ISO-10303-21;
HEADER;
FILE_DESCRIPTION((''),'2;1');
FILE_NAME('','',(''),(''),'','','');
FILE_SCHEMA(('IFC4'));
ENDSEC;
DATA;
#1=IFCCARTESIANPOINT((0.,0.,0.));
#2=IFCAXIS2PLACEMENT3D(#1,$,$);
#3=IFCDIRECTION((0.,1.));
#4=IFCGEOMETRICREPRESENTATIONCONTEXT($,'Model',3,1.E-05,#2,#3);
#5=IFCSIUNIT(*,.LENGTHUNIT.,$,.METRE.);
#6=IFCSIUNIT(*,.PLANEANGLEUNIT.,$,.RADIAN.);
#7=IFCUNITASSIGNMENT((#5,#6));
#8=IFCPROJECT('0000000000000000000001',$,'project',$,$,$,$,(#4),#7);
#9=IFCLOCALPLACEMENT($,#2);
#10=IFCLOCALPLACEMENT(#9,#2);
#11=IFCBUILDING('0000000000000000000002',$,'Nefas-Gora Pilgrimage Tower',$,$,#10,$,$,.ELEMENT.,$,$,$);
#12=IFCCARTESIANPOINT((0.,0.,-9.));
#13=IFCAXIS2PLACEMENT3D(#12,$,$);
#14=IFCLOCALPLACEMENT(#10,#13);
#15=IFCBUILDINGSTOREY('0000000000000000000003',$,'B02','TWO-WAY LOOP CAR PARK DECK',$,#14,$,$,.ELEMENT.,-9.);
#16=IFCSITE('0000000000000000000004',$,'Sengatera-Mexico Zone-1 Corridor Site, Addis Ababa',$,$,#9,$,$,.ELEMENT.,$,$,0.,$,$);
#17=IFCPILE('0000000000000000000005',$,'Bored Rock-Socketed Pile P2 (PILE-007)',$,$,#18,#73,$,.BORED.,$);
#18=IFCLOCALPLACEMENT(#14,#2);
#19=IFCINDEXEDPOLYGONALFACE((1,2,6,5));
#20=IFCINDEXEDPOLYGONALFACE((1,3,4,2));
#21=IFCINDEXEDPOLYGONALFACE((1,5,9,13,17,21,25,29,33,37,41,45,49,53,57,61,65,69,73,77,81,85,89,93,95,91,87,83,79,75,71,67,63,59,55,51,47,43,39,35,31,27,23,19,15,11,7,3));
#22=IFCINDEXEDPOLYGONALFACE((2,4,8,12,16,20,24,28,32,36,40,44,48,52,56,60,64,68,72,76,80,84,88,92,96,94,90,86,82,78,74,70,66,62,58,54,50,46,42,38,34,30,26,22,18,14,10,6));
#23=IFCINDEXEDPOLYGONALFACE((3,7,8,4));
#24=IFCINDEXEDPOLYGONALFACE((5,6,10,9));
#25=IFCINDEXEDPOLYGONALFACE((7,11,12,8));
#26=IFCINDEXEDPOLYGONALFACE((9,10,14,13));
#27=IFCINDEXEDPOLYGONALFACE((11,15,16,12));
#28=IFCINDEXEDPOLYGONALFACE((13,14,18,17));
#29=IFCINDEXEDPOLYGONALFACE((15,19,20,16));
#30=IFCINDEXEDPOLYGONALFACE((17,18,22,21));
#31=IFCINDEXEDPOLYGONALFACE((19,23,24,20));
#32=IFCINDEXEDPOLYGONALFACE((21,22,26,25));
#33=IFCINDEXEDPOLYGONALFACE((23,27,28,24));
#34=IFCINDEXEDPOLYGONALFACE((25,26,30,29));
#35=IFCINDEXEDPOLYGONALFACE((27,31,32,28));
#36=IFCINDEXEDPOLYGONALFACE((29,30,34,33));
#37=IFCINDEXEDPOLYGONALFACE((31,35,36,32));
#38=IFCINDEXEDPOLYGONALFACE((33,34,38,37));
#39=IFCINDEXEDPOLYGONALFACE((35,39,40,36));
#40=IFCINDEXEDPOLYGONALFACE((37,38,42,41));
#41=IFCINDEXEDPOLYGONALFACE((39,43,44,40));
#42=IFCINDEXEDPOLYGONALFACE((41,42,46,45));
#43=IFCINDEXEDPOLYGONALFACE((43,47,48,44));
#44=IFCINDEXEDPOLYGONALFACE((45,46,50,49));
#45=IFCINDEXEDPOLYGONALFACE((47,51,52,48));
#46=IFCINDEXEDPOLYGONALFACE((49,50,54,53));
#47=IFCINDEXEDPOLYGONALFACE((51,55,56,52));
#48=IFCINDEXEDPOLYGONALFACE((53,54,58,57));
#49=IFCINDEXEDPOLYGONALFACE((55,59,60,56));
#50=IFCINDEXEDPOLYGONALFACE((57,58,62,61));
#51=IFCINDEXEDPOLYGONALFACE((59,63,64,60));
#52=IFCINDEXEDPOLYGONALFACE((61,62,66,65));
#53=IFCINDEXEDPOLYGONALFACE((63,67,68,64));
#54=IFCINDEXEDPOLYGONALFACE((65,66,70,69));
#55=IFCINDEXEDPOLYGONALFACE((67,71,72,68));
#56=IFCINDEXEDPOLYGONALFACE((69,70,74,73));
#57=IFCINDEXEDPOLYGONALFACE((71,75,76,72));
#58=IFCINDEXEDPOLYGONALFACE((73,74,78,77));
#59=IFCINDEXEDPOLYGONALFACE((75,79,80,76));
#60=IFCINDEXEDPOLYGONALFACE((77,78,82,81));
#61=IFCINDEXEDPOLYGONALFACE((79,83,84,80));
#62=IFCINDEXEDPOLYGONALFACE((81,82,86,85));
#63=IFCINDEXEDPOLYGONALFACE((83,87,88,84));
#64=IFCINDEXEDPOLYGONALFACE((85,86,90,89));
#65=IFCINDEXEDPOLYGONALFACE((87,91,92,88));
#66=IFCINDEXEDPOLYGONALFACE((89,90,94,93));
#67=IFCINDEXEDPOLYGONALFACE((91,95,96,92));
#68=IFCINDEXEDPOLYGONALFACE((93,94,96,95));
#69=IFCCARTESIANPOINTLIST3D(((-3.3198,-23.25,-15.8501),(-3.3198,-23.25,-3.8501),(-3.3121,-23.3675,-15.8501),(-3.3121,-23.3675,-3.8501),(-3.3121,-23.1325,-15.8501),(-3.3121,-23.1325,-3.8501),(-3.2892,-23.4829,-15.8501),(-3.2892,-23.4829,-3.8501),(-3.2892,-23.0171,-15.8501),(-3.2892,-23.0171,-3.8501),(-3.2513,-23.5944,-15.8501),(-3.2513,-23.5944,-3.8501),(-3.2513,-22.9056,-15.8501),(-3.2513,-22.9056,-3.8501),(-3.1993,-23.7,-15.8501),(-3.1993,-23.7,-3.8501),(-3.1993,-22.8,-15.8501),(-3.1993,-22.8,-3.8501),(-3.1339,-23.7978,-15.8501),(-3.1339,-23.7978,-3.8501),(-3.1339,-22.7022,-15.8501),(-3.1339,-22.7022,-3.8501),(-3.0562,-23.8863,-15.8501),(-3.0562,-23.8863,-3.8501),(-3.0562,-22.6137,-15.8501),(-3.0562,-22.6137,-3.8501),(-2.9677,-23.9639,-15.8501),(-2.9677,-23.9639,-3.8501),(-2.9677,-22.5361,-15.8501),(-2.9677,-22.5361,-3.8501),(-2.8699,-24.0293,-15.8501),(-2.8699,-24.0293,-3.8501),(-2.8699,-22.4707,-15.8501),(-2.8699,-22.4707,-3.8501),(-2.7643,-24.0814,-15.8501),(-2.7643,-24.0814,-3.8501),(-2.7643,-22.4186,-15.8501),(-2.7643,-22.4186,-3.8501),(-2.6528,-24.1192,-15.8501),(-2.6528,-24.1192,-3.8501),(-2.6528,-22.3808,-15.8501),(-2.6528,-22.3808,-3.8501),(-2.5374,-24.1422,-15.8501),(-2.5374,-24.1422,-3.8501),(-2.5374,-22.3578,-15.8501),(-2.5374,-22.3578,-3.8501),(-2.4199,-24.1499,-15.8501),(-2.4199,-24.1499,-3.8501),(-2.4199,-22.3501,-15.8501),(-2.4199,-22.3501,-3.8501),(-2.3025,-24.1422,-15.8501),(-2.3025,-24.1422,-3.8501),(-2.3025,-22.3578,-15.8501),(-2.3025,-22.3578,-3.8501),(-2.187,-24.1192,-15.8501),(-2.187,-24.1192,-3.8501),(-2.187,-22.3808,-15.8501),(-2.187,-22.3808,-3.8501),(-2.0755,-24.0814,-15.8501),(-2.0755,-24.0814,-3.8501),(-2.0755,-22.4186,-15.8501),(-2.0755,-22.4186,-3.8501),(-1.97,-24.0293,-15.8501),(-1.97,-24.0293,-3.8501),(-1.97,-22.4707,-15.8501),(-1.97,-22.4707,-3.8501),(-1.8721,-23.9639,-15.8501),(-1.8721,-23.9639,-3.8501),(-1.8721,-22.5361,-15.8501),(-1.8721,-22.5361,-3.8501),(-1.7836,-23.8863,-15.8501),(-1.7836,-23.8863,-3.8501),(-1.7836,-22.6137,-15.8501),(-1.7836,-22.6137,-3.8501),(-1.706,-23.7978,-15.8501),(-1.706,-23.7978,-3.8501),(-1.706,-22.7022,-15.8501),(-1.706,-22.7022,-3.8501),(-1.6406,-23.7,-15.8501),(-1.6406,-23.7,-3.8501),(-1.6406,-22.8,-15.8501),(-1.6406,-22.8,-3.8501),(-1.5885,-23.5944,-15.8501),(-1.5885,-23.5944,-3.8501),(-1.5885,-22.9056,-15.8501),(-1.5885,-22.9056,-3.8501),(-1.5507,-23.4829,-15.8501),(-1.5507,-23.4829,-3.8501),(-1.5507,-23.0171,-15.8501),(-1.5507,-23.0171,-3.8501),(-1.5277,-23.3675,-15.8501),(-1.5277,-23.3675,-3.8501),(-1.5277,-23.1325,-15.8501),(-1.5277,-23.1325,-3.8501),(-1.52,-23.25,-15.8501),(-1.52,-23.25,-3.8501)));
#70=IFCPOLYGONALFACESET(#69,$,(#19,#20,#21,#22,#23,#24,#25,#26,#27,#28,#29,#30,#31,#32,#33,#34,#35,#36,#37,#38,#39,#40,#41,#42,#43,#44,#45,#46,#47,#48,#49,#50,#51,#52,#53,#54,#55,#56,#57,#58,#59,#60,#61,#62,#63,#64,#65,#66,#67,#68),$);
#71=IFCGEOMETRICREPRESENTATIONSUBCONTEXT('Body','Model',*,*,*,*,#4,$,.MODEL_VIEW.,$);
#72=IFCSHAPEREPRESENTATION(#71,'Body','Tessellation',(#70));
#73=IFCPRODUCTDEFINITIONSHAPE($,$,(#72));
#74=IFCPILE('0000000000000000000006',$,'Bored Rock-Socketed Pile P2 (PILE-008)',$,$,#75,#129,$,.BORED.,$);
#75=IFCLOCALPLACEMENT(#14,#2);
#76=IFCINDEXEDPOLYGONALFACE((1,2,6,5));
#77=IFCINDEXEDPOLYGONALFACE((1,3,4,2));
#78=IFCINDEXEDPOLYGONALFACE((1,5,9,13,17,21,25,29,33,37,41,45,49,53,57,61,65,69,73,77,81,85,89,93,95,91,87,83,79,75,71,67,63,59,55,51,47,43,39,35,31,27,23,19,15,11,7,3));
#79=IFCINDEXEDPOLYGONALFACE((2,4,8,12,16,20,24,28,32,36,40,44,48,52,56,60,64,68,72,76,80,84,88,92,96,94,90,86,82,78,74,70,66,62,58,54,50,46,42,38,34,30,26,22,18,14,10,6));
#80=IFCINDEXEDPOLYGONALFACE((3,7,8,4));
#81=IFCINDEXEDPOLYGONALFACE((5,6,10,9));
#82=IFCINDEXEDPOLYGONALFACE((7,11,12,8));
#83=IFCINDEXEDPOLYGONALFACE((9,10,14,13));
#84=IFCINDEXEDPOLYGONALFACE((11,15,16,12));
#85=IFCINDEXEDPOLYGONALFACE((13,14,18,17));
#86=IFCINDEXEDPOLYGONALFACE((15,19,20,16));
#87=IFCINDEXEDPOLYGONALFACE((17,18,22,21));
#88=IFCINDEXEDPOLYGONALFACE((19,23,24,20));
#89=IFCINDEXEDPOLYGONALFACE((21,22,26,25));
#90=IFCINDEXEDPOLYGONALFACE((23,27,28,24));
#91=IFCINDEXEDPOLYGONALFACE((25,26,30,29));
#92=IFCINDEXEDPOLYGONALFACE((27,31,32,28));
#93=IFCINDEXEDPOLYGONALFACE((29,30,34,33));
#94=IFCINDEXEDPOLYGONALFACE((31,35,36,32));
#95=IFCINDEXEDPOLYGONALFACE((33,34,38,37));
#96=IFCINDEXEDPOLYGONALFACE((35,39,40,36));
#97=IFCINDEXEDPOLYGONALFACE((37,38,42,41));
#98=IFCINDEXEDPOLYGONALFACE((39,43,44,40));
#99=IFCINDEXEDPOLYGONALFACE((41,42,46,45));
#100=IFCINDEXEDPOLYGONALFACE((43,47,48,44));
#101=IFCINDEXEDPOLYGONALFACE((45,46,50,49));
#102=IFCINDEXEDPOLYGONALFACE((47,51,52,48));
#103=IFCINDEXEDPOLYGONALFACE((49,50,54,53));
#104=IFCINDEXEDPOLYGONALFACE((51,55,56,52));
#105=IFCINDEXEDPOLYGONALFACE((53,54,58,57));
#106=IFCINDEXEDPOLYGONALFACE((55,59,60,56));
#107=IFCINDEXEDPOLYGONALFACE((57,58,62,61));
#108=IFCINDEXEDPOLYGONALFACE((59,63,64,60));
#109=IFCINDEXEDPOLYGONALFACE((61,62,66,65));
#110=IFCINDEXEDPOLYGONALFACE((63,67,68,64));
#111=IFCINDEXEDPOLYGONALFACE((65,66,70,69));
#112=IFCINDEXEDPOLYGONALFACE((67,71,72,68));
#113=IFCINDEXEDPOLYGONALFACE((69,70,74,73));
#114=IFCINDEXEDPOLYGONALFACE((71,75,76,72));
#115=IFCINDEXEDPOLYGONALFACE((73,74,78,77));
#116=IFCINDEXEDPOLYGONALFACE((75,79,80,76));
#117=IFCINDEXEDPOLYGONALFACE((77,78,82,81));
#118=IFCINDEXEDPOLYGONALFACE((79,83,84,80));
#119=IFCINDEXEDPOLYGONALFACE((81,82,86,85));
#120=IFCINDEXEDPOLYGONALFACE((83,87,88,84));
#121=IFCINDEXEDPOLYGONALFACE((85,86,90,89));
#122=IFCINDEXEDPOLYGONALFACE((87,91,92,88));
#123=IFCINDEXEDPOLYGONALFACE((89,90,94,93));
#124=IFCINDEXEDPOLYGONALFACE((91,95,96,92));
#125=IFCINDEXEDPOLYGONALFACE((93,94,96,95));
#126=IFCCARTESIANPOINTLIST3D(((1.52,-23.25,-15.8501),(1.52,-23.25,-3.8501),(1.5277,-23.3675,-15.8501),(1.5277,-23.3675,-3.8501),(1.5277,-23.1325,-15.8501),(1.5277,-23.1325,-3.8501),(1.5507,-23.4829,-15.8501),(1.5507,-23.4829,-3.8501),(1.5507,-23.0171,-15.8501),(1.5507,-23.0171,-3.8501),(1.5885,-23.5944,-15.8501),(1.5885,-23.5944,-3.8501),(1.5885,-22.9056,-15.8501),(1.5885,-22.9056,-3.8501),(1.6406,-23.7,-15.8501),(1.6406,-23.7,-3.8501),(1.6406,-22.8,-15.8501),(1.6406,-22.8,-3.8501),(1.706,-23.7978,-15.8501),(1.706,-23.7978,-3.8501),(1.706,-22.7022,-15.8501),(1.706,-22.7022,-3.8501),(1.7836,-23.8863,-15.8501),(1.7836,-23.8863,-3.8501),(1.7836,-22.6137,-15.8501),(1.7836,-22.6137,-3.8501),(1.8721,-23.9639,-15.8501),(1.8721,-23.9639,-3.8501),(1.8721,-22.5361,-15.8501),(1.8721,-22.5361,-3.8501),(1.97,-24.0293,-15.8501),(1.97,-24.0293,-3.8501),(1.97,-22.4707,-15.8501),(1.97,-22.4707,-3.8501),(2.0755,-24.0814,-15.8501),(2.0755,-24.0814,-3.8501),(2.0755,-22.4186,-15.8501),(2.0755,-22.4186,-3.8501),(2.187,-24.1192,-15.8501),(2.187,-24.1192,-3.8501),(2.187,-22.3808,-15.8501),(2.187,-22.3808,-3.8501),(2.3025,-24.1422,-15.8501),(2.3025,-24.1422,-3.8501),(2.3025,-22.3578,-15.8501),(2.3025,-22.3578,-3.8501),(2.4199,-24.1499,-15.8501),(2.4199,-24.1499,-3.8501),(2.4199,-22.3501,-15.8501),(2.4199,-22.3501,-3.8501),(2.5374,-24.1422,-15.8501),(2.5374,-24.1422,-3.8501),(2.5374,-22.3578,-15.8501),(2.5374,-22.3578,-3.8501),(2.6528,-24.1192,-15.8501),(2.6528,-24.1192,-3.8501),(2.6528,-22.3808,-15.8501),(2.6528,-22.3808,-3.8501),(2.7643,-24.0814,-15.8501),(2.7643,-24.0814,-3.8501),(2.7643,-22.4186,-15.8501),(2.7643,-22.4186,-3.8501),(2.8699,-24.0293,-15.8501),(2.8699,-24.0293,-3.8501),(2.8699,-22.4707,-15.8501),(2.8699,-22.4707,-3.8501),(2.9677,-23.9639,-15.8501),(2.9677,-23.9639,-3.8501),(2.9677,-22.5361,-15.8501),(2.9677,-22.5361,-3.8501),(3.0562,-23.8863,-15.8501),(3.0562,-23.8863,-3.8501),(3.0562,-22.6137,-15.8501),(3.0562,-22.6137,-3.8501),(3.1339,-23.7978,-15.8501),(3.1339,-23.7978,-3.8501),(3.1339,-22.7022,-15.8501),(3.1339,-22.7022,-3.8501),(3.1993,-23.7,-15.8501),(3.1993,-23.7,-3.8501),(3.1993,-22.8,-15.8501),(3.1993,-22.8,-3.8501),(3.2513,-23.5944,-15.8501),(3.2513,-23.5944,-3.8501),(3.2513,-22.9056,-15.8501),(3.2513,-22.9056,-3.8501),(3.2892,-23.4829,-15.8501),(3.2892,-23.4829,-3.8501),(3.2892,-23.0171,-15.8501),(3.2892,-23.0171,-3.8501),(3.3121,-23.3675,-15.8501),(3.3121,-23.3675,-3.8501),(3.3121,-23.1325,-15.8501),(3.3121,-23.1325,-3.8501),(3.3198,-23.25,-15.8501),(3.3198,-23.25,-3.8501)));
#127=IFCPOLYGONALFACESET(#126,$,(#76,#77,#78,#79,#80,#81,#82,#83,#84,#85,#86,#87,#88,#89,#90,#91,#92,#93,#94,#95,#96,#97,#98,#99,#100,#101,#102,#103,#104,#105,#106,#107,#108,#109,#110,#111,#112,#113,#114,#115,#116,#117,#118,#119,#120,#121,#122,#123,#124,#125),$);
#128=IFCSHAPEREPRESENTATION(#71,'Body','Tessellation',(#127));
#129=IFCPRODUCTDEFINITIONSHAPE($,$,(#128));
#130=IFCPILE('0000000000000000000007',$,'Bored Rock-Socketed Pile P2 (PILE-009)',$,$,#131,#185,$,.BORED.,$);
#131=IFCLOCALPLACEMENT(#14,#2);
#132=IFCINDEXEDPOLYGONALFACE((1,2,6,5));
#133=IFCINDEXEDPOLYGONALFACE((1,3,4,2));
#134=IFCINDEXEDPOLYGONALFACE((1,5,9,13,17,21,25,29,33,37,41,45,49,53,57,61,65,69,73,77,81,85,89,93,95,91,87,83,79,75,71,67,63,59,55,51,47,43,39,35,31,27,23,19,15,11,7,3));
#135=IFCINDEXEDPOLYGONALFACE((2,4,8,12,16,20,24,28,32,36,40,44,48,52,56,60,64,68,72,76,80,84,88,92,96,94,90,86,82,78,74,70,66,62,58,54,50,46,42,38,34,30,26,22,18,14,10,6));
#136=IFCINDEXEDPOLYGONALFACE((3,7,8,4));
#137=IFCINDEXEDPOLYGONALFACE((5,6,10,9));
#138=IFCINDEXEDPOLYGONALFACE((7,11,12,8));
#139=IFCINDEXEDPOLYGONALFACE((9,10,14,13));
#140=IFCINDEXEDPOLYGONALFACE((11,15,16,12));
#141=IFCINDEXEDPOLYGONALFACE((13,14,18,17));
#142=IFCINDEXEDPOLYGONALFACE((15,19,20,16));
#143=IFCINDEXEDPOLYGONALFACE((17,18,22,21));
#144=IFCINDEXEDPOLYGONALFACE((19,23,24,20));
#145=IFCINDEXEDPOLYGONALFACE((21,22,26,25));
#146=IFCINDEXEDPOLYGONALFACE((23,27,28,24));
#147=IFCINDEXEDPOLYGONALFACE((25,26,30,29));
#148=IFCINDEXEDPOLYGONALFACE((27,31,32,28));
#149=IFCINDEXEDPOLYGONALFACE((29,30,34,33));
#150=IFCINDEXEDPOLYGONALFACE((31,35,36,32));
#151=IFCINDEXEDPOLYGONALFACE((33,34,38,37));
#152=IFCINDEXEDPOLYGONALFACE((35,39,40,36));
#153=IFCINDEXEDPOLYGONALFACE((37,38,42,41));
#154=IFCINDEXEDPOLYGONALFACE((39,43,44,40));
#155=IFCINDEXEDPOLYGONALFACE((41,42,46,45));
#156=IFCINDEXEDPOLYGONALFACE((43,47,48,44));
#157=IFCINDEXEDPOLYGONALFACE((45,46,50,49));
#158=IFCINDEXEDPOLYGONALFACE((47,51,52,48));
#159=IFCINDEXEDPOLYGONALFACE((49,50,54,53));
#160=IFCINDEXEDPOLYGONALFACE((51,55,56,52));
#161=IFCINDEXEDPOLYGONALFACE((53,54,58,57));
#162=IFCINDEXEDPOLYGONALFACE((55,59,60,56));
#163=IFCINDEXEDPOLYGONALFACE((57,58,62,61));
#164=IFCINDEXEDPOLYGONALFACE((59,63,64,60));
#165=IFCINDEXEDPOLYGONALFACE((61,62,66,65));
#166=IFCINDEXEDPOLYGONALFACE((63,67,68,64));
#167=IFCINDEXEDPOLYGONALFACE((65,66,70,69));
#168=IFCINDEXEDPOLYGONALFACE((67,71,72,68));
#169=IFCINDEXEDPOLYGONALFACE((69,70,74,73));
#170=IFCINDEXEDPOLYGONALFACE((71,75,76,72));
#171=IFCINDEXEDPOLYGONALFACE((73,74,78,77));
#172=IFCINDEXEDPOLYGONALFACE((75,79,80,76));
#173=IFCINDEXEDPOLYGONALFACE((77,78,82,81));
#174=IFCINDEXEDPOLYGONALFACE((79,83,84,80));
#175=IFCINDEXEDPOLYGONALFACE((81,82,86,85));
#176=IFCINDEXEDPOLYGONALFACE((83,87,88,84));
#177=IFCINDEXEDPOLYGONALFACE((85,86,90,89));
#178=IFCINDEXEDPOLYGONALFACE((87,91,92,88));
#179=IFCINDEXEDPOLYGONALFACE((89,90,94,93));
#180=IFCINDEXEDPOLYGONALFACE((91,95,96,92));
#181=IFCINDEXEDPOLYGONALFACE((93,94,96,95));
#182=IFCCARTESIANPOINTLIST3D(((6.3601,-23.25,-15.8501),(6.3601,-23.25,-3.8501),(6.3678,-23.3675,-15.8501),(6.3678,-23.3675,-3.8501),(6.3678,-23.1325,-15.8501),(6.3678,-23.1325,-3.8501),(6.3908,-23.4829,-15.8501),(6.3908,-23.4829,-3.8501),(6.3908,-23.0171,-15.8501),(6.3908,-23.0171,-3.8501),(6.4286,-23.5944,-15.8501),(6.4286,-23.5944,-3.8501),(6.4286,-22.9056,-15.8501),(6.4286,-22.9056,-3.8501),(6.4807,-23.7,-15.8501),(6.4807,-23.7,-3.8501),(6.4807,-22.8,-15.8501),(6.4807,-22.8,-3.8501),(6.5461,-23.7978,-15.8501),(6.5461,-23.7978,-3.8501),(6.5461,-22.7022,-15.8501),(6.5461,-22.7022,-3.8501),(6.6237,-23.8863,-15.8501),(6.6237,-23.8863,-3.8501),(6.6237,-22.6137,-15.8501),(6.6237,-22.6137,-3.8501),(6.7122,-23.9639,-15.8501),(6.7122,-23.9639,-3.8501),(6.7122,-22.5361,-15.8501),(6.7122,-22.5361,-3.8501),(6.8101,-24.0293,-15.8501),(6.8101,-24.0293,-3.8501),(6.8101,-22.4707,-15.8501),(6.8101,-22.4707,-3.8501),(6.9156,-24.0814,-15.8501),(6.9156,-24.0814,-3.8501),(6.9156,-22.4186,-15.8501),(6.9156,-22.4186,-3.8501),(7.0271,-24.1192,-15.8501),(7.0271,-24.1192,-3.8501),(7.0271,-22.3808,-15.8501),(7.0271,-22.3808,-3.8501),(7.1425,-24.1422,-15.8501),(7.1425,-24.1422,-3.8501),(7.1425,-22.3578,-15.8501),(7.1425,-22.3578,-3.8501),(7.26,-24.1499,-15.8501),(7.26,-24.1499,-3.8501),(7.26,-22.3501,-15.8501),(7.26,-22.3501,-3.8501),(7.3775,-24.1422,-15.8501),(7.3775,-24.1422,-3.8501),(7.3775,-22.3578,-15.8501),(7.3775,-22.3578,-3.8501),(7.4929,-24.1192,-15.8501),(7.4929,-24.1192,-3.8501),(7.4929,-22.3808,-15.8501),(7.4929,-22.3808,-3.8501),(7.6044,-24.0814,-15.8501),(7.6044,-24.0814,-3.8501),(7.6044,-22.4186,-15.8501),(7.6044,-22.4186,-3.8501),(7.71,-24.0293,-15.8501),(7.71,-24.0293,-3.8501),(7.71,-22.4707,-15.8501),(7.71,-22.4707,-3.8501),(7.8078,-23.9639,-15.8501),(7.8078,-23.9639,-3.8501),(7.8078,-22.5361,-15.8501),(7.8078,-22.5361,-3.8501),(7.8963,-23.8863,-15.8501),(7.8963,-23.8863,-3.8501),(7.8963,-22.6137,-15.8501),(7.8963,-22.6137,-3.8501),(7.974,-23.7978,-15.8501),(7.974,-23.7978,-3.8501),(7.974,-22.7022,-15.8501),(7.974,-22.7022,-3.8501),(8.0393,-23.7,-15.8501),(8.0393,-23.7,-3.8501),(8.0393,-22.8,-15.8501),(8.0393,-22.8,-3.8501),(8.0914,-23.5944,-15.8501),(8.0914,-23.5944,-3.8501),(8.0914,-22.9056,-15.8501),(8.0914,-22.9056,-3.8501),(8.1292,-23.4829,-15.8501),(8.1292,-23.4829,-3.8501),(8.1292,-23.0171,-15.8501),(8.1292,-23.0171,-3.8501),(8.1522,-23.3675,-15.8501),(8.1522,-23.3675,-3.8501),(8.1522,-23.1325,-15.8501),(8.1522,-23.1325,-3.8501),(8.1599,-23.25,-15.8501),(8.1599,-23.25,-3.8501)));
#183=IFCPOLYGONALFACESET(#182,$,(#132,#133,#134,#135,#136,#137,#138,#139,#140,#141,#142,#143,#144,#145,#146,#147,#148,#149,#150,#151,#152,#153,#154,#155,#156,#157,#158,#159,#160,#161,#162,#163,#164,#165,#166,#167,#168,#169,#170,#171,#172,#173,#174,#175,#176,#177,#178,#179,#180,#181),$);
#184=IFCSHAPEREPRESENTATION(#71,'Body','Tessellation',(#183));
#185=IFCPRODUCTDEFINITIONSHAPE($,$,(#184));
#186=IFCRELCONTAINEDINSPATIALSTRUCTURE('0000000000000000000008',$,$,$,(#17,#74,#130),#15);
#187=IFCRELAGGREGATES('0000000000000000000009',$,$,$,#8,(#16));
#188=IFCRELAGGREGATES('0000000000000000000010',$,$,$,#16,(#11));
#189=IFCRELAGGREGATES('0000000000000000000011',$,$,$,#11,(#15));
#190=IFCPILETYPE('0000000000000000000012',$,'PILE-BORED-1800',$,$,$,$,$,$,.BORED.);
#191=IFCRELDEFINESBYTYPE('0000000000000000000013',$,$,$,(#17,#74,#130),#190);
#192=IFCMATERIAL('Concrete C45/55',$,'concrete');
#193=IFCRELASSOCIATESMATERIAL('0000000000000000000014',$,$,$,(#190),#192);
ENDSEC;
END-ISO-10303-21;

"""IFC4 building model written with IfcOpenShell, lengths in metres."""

from ifc_helpers import new_model, si_unit, direction, frame, origin, origin_2d, place, context, subcontext, project, spatial, circle, extrude, source, transform, mapped, material, material_profile, profile_set, type_object, element, save


model = new_model("IFC4")

# Units and contexts
model_context = context("Model", 3, precision=1e-05, world=origin(), true_north=direction((0.0, 1.0)))
body_context = subcontext(model_context, "Body", "Model", "MODEL_VIEW")
ifc_project = project(units=[si_unit("LENGTHUNIT", "METRE"), si_unit("PLANEANGLEUNIT", "RADIAN")], contexts=[model_context])

# Site, building, storey
site_placement = place(None, origin())
site = spatial("IfcSite", under=ifc_project, at=site_placement, Name="Sengatera-Mexico Zone-1 Corridor Site, Addis Ababa", CompositionType="ELEMENT", RefElevation=0.0)
building_placement = place(site_placement, origin())
building = spatial("IfcBuilding", under=site, at=building_placement, Name="Nefas-Gora Pilgrimage Tower", CompositionType="ELEMENT")
storey_placement = place(building_placement, frame((0.0, 0.0, -9.0)))
storey = spatial("IfcBuildingStorey", under=building, at=storey_placement, Name="B02", Description="TWO-WAY LOOP CAR PARK DECK", CompositionType="ELEMENT", Elevation=-9.0)

# Piles
ifc_material_1 = material(Name="Concrete C45/55", Category="concrete")
ifc_material_profile_1 = material_profile(ifc_material_1, circle(Radius=0.8999, at=origin_2d()), Name="PILE D1800")
ifc_profile_set_1 = profile_set([ifc_material_profile_1], Name="Concrete C45/55")
pile_type_1 = type_object("IfcPileType", Name="PILE-BORED-1800", PredefinedType="BORED", material=ifc_profile_set_1)
shared_shape_1 = source(origin(), body_context, "Body", "SweptSolid", [
    extrude(circle(Radius=0.8999, at=origin_2d()), origin(), (0.0, 0.0, 1.0), 12.0),
])
for number, where, z_axis, x_axis, name in (
    (1, (-2.4199, -23.25, -3.8501), (0.0, 0.0, -1.0), (1.0, 0.0, 0.0), "Bored Rock-Socketed Pile P2 (PILE-007)"),
    (2, (2.4199, -23.25, -3.8501), (0.0, 0.0, -1.0), (1.0, 0.0, 0.0), "Bored Rock-Socketed Pile P2 (PILE-008)"),
    (3, (7.26, -23.25, -3.8501), (0.0, 0.0, -1.0), (1.0, 0.0, 0.0), "Bored Rock-Socketed Pile P2 (PILE-009)"),
):
    element("IfcPile", number, at=place(storey_placement, frame(where, z_axis=z_axis, x_axis=x_axis)), inside=storey, type_object=pile_type_1, Name=name, PredefinedType="BORED", context=body_context, shape_type="MappedRepresentation", body=[
        mapped(shared_shape_1, transform((0.0, 0.0, 0.0), x_axis=(1.0, 0.0, 0.0), y_axis=(0.0, 1.0, 0.0), z_axis=(0.0, 0.0, 1.0), scale=1.0)),
    ])

save(model, "model.ifc")
